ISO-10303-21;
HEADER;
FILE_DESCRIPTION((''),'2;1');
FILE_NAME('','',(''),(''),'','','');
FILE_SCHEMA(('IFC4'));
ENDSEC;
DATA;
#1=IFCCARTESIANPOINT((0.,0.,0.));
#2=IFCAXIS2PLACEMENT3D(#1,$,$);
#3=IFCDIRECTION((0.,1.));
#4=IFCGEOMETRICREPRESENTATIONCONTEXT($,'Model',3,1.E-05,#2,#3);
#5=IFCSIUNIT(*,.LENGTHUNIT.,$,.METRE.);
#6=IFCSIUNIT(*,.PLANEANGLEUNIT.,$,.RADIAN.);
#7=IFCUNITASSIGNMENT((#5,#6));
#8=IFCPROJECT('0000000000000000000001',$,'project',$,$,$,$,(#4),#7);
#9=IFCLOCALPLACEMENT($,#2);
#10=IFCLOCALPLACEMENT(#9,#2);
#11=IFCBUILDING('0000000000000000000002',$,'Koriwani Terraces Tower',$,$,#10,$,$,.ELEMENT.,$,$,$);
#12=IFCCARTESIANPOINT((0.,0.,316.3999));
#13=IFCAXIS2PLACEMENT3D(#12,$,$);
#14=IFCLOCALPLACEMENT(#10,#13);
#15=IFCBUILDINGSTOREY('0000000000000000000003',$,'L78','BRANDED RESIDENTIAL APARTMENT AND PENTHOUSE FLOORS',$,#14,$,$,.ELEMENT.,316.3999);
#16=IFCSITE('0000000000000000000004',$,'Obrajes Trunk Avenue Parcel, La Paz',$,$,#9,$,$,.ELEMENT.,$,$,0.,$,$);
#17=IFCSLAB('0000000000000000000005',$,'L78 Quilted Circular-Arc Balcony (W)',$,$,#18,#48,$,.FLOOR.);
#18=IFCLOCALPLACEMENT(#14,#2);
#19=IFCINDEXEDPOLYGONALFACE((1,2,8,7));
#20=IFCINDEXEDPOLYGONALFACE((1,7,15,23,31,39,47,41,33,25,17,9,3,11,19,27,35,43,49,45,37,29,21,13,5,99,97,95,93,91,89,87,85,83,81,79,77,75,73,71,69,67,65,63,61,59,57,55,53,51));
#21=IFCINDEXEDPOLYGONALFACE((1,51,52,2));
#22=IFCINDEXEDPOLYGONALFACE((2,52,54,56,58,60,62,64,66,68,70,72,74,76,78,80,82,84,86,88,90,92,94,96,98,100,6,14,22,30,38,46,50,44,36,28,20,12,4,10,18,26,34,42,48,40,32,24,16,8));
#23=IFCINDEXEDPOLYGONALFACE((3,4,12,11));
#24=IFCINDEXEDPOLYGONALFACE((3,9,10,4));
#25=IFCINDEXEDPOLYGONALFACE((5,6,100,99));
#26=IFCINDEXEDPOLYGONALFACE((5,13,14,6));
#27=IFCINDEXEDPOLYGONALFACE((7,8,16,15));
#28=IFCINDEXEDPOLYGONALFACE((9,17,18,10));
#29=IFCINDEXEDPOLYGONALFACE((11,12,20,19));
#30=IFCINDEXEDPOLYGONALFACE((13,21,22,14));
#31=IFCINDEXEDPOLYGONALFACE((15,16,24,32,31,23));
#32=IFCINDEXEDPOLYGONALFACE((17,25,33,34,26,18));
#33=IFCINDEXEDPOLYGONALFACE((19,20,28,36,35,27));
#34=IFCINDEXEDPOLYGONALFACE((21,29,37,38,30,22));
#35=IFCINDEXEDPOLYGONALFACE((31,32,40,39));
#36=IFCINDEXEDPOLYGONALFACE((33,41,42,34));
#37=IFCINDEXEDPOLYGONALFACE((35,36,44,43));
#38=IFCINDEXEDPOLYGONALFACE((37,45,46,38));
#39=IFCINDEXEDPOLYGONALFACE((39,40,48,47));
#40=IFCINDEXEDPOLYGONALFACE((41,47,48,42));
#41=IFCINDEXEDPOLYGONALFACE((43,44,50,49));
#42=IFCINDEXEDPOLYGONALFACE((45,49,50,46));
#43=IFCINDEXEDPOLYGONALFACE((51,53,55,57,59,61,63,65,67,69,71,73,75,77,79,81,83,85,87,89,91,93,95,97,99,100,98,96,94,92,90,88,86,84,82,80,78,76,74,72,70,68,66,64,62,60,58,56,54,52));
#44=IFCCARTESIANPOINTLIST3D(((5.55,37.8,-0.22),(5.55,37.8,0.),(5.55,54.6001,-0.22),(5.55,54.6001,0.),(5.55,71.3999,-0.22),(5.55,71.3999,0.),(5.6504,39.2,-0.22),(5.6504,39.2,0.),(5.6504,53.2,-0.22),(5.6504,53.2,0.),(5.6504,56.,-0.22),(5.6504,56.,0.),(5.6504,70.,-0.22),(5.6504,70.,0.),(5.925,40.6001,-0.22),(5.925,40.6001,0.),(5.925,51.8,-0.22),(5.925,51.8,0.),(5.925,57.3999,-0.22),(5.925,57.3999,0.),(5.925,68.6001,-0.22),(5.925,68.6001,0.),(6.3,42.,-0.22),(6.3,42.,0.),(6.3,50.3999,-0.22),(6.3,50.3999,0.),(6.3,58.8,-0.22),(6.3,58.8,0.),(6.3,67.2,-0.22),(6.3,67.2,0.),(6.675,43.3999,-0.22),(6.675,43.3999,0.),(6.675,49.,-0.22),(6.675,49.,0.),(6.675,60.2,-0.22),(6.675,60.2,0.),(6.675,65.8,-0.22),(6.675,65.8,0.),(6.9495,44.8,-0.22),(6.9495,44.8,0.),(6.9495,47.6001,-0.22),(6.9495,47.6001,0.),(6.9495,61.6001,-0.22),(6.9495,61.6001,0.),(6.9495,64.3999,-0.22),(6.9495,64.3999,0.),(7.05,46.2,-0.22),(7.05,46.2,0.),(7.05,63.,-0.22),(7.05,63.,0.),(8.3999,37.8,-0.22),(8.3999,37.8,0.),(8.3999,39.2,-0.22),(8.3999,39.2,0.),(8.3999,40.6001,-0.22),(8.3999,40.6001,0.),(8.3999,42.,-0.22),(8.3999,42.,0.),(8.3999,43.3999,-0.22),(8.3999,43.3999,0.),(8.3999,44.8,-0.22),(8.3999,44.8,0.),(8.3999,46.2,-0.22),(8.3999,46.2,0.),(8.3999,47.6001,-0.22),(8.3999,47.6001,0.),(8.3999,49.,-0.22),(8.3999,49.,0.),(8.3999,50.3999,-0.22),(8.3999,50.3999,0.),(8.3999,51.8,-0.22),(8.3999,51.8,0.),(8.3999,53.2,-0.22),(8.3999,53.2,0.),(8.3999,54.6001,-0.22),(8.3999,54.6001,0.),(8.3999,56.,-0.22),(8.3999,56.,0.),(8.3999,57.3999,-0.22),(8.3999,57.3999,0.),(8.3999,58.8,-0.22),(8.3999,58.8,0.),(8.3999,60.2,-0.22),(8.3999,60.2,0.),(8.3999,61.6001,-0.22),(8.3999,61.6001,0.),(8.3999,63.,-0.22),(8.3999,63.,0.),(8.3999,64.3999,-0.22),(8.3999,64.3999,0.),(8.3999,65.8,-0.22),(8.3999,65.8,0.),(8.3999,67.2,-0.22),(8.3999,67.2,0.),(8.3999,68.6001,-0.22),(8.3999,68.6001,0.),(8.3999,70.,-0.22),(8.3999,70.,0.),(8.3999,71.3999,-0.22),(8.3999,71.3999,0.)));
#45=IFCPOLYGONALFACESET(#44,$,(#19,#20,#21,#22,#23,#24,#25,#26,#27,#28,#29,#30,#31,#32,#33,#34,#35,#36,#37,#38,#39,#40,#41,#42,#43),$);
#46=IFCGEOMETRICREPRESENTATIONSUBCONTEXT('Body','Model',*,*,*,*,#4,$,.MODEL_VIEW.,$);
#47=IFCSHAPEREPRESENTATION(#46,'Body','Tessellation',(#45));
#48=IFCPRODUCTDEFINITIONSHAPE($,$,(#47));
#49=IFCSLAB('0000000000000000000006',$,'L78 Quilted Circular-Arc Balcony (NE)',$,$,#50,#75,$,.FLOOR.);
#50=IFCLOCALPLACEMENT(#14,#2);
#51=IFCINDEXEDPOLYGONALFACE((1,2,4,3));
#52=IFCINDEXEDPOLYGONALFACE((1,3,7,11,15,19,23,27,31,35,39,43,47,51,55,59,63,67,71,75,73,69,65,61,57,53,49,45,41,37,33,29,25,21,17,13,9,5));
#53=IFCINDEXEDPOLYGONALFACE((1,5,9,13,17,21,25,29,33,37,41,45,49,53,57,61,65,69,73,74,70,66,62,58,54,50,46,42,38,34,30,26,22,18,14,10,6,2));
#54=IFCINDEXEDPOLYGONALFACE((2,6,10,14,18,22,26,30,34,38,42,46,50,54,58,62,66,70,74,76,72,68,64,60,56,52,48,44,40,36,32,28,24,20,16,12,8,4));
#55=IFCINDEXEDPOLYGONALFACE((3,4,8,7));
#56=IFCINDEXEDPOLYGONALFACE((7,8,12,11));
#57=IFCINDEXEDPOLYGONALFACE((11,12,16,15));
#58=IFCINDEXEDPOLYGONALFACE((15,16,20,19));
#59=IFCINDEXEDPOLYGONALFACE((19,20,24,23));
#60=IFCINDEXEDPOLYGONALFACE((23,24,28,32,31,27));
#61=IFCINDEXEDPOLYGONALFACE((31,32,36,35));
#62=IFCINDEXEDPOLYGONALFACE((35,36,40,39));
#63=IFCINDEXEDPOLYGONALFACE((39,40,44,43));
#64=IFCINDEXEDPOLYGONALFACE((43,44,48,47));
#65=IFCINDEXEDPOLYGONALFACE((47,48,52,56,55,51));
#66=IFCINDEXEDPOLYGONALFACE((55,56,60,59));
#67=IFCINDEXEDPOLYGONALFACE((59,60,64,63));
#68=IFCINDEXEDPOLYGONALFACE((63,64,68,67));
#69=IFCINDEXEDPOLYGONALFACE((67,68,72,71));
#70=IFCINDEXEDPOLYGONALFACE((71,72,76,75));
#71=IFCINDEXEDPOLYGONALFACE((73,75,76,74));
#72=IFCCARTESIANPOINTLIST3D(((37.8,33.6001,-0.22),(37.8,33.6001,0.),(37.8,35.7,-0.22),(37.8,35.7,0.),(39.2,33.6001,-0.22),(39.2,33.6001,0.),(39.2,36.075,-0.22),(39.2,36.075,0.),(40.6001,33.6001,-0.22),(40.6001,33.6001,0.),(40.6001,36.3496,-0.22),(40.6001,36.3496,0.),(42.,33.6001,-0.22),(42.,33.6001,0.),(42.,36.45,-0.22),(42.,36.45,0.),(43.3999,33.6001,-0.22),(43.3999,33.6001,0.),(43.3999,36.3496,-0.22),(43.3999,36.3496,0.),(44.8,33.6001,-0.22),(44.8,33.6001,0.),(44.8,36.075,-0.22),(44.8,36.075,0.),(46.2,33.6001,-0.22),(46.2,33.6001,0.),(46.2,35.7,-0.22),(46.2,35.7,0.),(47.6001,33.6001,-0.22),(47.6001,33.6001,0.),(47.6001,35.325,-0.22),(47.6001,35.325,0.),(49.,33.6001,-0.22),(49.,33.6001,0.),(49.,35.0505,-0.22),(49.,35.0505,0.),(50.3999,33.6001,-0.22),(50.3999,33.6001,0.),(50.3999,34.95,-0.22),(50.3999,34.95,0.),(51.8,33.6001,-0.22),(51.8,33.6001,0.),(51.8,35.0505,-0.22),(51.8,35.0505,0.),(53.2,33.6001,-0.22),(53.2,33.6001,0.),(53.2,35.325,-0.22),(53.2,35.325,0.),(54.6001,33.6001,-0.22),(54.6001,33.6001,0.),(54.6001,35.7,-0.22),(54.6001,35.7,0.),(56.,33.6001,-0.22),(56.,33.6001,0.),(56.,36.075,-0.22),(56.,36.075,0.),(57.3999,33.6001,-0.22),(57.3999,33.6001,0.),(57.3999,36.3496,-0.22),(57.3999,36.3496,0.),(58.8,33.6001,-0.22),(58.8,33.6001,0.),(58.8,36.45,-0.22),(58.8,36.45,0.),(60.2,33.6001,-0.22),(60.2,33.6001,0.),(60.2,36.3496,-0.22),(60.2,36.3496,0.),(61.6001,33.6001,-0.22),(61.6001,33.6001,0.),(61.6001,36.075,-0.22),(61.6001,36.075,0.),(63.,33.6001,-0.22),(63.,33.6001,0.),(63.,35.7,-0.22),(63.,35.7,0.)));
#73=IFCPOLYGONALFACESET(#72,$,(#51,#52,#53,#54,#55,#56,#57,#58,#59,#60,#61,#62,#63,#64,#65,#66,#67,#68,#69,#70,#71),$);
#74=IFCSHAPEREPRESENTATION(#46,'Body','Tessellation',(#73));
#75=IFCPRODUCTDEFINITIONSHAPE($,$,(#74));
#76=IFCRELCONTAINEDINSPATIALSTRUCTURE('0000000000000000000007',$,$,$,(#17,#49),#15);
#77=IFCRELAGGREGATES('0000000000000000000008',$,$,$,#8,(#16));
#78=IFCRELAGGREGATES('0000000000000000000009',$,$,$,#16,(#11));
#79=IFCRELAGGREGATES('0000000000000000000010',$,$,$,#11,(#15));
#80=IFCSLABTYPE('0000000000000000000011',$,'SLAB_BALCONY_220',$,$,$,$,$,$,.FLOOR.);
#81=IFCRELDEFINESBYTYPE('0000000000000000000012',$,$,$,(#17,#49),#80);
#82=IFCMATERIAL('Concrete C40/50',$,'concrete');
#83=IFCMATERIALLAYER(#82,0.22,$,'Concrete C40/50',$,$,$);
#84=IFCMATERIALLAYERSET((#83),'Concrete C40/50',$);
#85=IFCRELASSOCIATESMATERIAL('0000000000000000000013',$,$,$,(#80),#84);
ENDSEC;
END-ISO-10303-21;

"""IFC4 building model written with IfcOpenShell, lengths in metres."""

from ifc_helpers import new_model, si_unit, direction, frame, origin, place, context, subcontext, project, spatial, polyline, outline, extrude, material, layer, layer_set, type_object, element, save


model = new_model("IFC4")

# Units and contexts
model_context = context("Model", 3, precision=1e-05, world=origin(), true_north=direction((0.0, 1.0)))
body_context = subcontext(model_context, "Body", "Model", "MODEL_VIEW")
ifc_project = project(units=[si_unit("LENGTHUNIT", "METRE"), si_unit("PLANEANGLEUNIT", "RADIAN")], contexts=[model_context])

# Site, building, storey
site_placement = place(None, origin())
site = spatial("IfcSite", under=ifc_project, at=site_placement, Name="Obrajes Trunk Avenue Parcel, La Paz", CompositionType="ELEMENT", RefElevation=0.0)
building_placement = place(site_placement, origin())
building = spatial("IfcBuilding", under=site, at=building_placement, Name="Koriwani Terraces Tower", CompositionType="ELEMENT")
storey_placement = place(building_placement, frame((0.0, 0.0, 316.3999)))
storey = spatial("IfcBuildingStorey", under=building, at=storey_placement, Name="L78", Description="BRANDED RESIDENTIAL APARTMENT AND PENTHOUSE FLOORS", CompositionType="ELEMENT", Elevation=316.3999)

# Shared definitions
ifc_material_1 = material(Name="Concrete C40/50", Category="concrete")

# Slabs
ifc_layer_1 = layer(ifc_material_1, 0.22, Name="Concrete C40/50")
ifc_layer_set_1 = layer_set([ifc_layer_1], Name="Concrete C40/50")
slab_type_1 = type_object("IfcSlabType", Name="SLAB_BALCONY_220", PredefinedType="FLOOR", material=ifc_layer_set_1)
slab_1_placement = place(storey_placement, frame((0.0, 0.0, -0.22)))
element("IfcSlab", 1, at=slab_1_placement, inside=storey, type_object=slab_type_1, Name="L78 Quilted Circular-Arc Balcony (W)", PredefinedType="FLOOR", context=body_context, shape_type="SweptSolid", body=[
    extrude(outline(polyline([(8.3999, 37.8), (8.3999, 39.2), (8.3999, 40.6001), (8.3999, 42.0), (8.3999, 43.3999), (8.3999, 44.8), (8.3999, 46.2), (8.3999, 47.6001), (8.3999, 49.0), (8.3999, 50.3999), (8.3999, 51.8), (8.3999, 53.2), (8.3999, 54.6001), (8.3999, 56.0), (8.3999, 57.3999), (8.3999, 58.8), (8.3999, 60.2), (8.3999, 61.6001), (8.3999, 63.0), (8.3999, 64.3999), (8.3999, 65.8), (8.3999, 67.2), (8.3999, 68.6001), (8.3999, 70.0), (8.3999, 71.3999), (5.55, 71.3999), (5.6504, 70.0), (5.925, 68.6001), (6.3, 67.2), (6.675, 65.8), (6.9495, 64.3999), (7.05, 63.0), (6.9495, 61.6001), (6.675, 60.2), (6.3, 58.8), (5.925, 57.3999), (5.6504, 56.0), (5.55, 54.6001), (5.6504, 53.2), (5.925, 51.8), (6.3, 50.3999), (6.675, 49.0), (6.9495, 47.6001), (7.05, 46.2), (6.9495, 44.8), (6.675, 43.3999), (6.3, 42.0), (5.925, 40.6001), (5.6504, 39.2), (5.55, 37.8), (8.3999, 37.8)])), origin(), (0.0, 0.0, 1.0), 0.22),
])
slab_2_placement = place(storey_placement, frame((0.0, 0.0, -0.22)))
element("IfcSlab", 2, at=slab_2_placement, inside=storey, type_object=slab_type_1, Name="L78 Quilted Circular-Arc Balcony (NE)", PredefinedType="FLOOR", context=body_context, shape_type="SweptSolid", body=[
    extrude(outline(polyline([(63.0, 33.6001), (61.6001, 33.6001), (60.2, 33.6001), (58.8, 33.6001), (57.3999, 33.6001), (56.0, 33.6001), (54.6001, 33.6001), (53.2, 33.6001), (51.8, 33.6001), (50.3999, 33.6001), (49.0, 33.6001), (47.6001, 33.6001), (46.2, 33.6001), (44.8, 33.6001), (43.3999, 33.6001), (42.0, 33.6001), (40.6001, 33.6001), (39.2, 33.6001), (37.8, 33.6001), (37.8, 35.7), (39.2, 36.075), (40.6001, 36.3496), (42.0, 36.45), (43.3999, 36.3496), (44.8, 36.075), (46.2, 35.7), (47.6001, 35.325), (49.0, 35.0505), (50.3999, 34.95), (51.8, 35.0505), (53.2, 35.325), (54.6001, 35.7), (56.0, 36.075), (57.3999, 36.3496), (58.8, 36.45), (60.2, 36.3496), (61.6001, 36.075), (63.0, 35.7), (63.0, 33.6001)])), origin(), (0.0, 0.0, 1.0), 0.22),
])

save(model, "model.ifc")
